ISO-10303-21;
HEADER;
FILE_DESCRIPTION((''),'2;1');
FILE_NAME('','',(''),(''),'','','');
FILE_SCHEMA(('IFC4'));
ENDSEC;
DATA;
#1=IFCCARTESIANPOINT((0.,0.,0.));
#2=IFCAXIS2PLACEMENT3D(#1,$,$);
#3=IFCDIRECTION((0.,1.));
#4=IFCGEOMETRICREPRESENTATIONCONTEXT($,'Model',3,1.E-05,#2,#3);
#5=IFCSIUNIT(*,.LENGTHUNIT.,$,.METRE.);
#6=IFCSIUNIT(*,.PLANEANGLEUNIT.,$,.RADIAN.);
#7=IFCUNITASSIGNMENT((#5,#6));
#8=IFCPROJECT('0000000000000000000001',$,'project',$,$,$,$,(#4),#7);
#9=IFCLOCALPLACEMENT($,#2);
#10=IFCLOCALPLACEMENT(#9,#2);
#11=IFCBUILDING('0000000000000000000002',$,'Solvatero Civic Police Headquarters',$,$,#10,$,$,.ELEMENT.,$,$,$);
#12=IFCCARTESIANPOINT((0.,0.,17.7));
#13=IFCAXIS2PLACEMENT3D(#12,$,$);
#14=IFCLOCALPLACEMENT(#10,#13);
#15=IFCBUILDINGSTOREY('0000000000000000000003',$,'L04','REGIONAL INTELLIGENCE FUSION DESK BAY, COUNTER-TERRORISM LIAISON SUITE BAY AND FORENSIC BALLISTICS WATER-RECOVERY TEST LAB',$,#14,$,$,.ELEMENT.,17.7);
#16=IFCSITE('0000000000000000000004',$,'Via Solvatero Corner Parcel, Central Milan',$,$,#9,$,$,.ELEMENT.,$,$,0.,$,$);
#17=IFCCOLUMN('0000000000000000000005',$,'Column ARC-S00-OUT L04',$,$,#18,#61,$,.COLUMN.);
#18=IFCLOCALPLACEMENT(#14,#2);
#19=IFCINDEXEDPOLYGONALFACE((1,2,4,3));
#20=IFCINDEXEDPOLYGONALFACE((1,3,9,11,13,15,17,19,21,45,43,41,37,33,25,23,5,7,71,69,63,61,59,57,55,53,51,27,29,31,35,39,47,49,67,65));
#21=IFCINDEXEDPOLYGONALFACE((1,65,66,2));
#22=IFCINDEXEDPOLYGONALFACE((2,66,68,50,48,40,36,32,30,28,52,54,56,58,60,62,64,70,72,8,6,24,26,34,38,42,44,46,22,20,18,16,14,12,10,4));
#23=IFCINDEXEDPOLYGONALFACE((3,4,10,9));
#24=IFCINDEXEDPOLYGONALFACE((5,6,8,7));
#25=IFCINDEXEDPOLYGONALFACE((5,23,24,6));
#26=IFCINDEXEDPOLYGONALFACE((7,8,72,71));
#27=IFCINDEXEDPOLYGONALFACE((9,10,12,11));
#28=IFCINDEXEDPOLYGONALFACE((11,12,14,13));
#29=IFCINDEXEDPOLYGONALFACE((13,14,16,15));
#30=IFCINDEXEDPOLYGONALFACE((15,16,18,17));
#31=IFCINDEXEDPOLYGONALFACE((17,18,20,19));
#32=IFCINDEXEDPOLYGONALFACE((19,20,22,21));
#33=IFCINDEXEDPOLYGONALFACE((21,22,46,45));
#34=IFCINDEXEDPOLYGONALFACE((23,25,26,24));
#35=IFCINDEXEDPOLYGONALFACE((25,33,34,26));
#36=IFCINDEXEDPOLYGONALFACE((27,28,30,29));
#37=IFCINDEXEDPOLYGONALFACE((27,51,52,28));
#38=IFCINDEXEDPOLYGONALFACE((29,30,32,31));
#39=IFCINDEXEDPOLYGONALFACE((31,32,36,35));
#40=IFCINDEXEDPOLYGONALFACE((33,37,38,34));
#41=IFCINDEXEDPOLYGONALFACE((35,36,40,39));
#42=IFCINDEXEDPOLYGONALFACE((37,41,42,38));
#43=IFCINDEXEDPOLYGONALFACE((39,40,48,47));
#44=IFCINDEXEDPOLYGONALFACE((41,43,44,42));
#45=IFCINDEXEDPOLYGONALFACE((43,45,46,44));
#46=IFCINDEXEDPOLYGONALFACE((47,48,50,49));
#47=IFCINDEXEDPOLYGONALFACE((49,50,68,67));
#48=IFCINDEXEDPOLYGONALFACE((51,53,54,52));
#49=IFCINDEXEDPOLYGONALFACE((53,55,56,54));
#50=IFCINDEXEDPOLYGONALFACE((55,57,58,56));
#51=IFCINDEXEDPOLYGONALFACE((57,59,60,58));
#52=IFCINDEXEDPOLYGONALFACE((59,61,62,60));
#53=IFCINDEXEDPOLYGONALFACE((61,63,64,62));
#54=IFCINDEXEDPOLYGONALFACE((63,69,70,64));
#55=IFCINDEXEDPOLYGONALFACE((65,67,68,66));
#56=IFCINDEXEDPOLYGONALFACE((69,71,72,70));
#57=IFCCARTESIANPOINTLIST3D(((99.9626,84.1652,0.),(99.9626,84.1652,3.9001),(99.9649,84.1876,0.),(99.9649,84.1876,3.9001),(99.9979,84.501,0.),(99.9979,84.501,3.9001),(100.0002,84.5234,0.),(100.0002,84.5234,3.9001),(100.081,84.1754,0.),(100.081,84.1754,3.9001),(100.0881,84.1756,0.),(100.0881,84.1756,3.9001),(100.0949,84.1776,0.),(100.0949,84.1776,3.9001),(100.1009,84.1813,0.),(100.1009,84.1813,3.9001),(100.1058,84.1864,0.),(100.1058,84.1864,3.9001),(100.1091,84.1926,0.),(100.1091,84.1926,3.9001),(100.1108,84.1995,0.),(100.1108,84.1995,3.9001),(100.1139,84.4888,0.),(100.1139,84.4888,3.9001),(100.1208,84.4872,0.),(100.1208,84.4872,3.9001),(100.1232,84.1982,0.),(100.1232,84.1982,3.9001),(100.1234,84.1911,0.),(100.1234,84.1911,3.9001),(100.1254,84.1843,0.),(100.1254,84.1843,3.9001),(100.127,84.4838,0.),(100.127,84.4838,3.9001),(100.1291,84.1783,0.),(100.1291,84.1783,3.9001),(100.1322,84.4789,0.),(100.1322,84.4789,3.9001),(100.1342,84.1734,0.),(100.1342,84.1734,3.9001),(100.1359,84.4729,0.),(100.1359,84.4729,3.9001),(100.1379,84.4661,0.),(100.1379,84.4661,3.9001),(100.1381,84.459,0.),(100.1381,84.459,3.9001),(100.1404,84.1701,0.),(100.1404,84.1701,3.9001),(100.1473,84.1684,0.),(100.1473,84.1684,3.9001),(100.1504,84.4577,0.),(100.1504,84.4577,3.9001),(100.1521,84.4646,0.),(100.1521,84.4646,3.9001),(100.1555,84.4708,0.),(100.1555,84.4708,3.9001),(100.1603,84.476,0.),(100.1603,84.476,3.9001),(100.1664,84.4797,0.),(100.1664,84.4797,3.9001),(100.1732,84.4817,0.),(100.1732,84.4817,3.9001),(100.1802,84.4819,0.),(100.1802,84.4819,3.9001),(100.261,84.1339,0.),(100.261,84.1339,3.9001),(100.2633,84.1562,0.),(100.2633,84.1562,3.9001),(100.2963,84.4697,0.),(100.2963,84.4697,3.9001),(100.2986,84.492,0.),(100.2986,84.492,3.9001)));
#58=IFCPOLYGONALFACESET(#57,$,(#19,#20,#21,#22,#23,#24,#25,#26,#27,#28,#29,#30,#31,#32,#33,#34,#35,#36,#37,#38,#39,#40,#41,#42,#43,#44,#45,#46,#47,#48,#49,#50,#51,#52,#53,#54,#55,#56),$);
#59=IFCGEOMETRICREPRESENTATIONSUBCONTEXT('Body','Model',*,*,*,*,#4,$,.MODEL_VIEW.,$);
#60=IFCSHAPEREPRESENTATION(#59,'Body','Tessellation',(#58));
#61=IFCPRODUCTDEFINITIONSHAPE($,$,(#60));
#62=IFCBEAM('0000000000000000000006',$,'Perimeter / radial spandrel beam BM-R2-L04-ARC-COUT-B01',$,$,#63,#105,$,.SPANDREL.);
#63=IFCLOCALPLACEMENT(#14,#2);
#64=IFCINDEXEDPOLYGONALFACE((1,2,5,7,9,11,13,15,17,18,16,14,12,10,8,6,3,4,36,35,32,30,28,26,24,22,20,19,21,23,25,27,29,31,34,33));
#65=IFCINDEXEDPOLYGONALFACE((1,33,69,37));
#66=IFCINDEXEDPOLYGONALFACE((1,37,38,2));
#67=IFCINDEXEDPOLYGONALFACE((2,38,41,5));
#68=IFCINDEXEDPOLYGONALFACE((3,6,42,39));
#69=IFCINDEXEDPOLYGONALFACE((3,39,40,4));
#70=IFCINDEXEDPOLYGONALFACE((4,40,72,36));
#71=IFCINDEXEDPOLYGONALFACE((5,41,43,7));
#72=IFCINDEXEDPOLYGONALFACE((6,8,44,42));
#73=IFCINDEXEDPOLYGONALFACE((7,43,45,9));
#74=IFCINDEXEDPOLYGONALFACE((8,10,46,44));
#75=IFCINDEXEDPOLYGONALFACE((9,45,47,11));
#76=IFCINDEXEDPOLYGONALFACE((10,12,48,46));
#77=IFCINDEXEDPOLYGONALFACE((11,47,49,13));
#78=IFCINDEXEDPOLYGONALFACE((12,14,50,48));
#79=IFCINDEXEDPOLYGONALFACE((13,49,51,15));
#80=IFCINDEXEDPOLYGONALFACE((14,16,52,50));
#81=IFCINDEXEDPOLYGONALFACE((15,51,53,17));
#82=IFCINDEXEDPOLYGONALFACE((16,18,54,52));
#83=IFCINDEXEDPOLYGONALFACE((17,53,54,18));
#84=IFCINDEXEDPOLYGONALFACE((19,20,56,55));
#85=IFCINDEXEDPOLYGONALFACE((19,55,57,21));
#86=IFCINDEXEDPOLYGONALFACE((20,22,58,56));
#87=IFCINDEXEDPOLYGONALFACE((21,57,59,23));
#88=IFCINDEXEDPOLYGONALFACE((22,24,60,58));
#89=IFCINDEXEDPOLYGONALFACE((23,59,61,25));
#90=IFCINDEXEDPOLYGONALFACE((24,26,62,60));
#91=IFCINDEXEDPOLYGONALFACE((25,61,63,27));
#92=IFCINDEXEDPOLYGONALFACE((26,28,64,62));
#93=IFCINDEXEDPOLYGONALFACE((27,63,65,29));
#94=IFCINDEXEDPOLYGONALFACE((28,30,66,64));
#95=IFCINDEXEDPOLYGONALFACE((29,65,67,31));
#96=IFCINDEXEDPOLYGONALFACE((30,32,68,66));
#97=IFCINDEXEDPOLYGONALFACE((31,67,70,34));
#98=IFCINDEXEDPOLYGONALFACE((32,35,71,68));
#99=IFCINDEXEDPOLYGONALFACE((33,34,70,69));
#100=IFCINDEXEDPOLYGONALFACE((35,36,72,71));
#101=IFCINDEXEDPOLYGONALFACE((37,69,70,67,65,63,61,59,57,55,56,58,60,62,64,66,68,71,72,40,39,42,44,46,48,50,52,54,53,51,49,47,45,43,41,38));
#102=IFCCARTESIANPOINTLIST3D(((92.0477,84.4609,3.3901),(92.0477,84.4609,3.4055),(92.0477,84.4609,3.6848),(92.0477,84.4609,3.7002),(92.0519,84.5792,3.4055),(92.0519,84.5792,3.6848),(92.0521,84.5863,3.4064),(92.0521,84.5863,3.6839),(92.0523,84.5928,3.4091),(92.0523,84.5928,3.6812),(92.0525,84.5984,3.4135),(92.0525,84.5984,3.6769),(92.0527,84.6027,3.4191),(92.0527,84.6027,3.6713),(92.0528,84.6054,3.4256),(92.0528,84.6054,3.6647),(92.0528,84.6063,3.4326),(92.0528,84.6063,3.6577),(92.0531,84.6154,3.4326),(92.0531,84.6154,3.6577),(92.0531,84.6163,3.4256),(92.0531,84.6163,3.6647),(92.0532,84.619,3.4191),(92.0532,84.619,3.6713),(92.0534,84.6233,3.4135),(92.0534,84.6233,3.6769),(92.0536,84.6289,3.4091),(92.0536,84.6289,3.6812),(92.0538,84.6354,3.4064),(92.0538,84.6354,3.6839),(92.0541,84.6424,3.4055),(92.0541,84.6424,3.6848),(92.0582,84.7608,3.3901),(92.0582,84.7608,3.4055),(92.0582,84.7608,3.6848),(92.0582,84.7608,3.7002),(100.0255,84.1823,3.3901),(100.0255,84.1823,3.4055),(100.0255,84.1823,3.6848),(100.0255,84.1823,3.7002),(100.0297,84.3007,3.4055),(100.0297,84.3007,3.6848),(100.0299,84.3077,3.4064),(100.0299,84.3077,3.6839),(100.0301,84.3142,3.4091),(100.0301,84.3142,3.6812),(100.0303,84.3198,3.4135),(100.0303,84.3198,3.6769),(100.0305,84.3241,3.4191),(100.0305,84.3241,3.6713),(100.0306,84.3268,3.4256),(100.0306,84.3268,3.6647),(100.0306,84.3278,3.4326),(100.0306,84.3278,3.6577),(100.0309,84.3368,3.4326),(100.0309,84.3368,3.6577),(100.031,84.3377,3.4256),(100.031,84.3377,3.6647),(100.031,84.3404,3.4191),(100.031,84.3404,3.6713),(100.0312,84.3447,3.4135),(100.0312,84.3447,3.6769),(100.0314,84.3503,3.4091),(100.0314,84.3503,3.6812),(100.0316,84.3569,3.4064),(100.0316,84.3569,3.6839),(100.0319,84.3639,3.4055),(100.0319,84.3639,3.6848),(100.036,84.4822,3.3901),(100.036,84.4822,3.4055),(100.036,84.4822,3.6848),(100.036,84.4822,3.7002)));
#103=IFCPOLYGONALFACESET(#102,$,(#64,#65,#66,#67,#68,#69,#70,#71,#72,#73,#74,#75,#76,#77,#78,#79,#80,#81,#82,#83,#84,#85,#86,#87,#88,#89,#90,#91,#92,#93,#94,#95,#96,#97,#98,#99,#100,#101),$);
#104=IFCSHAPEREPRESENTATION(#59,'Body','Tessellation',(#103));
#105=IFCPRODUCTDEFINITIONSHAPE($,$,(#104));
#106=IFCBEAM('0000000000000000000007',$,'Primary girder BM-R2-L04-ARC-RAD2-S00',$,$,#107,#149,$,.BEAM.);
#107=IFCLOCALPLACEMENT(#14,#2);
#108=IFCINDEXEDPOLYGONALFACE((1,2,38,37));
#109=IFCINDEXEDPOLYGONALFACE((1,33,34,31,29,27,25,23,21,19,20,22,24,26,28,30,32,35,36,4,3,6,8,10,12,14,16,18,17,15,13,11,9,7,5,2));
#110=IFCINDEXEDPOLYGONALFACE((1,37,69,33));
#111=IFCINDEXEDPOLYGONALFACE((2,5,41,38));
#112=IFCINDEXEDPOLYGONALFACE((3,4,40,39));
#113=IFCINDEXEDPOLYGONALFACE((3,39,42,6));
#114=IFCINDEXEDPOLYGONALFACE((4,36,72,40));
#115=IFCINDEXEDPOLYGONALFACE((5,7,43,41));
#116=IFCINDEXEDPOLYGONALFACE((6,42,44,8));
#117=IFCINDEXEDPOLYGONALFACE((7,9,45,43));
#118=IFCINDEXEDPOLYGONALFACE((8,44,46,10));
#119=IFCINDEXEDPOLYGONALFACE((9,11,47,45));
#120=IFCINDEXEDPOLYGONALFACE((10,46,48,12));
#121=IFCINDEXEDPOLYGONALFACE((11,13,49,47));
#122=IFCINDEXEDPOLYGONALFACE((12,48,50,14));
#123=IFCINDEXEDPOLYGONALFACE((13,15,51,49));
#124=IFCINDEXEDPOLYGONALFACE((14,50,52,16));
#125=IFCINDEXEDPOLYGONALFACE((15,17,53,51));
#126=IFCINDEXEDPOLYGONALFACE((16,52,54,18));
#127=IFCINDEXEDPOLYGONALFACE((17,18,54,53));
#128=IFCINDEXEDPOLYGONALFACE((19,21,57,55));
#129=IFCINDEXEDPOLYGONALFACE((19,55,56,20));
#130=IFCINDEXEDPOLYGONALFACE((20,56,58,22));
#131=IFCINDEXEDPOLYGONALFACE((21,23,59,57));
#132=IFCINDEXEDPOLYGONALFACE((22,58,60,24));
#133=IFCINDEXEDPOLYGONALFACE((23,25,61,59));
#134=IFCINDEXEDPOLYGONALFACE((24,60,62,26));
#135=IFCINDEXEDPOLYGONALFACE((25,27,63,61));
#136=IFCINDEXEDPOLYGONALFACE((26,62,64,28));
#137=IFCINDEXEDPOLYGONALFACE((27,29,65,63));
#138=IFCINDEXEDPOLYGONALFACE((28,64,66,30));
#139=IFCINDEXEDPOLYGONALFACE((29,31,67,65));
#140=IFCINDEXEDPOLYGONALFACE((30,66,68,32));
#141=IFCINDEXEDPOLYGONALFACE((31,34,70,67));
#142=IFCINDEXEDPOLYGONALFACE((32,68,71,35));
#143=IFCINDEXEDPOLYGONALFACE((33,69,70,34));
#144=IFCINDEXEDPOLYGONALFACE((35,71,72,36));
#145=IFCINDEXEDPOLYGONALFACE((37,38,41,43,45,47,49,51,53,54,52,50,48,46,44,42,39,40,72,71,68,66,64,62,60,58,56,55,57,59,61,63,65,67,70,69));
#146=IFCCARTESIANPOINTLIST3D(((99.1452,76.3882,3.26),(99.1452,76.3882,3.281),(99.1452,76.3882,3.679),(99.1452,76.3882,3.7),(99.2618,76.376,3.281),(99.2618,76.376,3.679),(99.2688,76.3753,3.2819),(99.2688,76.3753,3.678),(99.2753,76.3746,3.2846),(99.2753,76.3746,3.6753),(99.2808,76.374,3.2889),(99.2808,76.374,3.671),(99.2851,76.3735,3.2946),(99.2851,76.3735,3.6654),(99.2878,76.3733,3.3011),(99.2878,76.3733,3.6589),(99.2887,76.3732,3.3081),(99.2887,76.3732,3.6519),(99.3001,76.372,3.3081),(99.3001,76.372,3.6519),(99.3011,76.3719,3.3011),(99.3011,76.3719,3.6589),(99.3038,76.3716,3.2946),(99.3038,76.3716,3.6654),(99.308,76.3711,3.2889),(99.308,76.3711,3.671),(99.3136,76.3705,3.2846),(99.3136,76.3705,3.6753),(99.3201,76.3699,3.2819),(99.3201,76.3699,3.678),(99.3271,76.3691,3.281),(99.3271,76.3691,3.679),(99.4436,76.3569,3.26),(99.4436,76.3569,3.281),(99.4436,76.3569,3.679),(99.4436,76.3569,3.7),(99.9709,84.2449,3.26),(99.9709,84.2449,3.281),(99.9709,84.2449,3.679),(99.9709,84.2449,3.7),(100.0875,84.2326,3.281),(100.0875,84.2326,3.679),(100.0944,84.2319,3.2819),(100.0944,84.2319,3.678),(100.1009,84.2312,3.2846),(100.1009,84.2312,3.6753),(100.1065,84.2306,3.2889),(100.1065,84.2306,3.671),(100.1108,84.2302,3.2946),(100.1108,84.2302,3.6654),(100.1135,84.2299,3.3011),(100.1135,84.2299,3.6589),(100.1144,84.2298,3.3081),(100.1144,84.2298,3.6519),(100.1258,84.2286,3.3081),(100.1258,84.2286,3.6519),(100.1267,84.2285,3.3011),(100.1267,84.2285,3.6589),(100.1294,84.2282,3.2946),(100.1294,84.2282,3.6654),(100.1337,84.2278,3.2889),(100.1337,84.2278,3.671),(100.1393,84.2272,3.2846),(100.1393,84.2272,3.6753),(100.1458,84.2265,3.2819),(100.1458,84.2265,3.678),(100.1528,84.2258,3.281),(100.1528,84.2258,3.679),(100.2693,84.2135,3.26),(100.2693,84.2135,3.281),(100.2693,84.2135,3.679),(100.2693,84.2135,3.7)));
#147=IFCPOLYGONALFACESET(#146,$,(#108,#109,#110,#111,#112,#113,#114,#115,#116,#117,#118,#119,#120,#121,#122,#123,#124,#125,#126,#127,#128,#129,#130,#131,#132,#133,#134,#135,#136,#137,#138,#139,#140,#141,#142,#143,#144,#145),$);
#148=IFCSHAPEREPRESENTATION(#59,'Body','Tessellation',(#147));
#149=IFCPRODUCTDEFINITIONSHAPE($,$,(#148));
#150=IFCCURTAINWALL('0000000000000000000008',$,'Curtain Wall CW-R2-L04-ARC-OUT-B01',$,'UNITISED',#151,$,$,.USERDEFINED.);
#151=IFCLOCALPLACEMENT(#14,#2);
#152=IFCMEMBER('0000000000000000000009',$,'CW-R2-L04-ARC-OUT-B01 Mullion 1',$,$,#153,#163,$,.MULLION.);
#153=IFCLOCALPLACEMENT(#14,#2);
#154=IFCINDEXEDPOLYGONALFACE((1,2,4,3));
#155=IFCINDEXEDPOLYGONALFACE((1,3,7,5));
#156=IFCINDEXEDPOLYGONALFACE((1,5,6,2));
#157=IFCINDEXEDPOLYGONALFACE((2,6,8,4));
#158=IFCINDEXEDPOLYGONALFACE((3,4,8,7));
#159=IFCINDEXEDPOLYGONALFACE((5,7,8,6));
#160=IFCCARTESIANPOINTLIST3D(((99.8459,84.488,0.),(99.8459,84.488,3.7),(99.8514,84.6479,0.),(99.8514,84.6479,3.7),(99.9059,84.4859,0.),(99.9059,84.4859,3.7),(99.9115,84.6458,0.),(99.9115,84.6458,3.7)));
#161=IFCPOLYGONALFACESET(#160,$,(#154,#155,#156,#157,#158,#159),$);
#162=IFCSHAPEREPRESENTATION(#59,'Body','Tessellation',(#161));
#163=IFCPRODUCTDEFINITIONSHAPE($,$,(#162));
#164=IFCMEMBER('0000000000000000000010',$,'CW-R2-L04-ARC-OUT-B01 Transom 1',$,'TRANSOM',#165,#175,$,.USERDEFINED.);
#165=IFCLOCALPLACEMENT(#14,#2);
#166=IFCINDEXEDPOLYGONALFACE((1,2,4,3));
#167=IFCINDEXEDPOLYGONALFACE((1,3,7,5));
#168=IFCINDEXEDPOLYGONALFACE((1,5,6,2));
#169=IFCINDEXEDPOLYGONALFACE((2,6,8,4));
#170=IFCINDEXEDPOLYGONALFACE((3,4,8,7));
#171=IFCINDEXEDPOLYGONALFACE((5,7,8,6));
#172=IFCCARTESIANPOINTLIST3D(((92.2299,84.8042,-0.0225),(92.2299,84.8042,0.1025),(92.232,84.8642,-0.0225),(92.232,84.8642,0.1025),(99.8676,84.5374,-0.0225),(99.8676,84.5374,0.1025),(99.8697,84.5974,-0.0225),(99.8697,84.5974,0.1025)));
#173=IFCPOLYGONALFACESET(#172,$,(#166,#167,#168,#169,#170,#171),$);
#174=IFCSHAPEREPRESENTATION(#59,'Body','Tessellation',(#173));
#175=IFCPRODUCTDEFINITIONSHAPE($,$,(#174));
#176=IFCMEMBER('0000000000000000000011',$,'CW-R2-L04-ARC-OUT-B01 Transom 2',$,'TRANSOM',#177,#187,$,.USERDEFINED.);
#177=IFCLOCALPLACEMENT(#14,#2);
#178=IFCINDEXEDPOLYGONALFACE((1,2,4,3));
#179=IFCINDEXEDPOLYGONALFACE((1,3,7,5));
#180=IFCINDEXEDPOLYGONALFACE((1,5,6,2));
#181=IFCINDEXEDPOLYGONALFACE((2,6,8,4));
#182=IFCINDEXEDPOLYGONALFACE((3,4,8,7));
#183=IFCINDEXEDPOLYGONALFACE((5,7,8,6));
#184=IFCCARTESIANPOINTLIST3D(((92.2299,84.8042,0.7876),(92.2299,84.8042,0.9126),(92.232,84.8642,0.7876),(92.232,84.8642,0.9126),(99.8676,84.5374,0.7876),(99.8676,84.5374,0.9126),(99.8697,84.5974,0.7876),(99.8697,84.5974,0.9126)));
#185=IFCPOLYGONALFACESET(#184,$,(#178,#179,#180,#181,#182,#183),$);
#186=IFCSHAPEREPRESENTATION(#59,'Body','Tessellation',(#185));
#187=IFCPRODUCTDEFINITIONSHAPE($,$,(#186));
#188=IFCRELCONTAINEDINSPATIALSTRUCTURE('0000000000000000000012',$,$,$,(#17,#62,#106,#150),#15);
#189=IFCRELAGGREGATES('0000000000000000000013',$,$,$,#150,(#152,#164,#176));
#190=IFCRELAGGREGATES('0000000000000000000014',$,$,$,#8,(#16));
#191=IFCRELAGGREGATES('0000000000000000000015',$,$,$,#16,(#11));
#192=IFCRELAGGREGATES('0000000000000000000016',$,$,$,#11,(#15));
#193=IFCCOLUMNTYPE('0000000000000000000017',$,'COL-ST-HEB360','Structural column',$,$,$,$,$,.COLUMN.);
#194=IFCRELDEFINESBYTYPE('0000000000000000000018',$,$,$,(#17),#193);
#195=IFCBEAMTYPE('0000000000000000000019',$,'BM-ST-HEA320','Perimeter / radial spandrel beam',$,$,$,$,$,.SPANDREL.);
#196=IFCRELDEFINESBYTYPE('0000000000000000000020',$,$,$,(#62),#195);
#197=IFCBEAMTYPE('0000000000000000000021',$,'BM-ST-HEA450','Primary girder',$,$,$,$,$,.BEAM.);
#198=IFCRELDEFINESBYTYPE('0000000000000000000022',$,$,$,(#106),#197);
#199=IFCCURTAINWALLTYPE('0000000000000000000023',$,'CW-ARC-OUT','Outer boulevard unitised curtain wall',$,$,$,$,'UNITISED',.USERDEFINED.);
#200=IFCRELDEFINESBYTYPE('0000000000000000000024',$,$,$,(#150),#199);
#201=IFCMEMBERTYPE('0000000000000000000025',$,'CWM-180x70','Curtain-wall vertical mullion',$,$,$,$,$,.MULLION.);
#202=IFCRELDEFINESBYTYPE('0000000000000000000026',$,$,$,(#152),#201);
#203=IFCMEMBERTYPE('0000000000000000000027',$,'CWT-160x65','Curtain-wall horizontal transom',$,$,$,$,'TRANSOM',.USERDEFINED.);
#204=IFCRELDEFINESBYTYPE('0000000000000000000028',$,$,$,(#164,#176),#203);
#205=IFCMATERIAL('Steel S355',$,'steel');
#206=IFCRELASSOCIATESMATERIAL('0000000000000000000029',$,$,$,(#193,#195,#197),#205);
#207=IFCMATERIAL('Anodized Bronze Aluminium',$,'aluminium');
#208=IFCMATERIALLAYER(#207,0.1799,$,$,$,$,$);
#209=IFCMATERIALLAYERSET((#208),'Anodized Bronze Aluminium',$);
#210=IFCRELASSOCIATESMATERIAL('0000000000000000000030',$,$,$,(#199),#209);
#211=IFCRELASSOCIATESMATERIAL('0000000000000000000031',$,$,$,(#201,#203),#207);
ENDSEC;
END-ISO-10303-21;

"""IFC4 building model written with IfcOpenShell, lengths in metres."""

from ifc_helpers import new_model, si_unit, direction, frame, origin, origin_2d, place, context, subcontext, project, spatial, rectangle, i_section, extrude, material, layer, layer_set, material_profile, profile_set, type_object, element, aggregate, save


model = new_model("IFC4")

# Units and contexts
model_context = context("Model", 3, precision=1e-05, world=origin(), true_north=direction((0.0, 1.0)))
body_context = subcontext(model_context, "Body", "Model", "MODEL_VIEW")
ifc_project = project(units=[si_unit("LENGTHUNIT", "METRE"), si_unit("PLANEANGLEUNIT", "RADIAN")], contexts=[model_context])

# Site, building, storey
site_placement = place(None, origin())
site = spatial("IfcSite", under=ifc_project, at=site_placement, Name="Via Solvatero Corner Parcel, Central Milan", CompositionType="ELEMENT", RefElevation=0.0)
building_placement = place(site_placement, origin())
building = spatial("IfcBuilding", under=site, at=building_placement, Name="Solvatero Civic Police Headquarters", CompositionType="ELEMENT")
storey_placement = place(building_placement, frame((0.0, 0.0, 17.7)))
storey = spatial("IfcBuildingStorey", under=building, at=storey_placement, Name="L04", Description="REGIONAL INTELLIGENCE FUSION DESK BAY, COUNTER-TERRORISM LIAISON SUITE BAY AND FORENSIC BALLISTICS WATER-RECOVERY TEST LAB", CompositionType="ELEMENT", Elevation=17.7)

# Column
ifc_material_1 = material(Name="Steel S355", Category="steel")
ifc_material_profile_1 = material_profile(ifc_material_1, i_section(OverallWidth=0.3, OverallDepth=0.3601, WebThickness=0.0125, FlangeThickness=0.0225, FilletRadius=0.0271, at=origin_2d()), Name="HEB 360")
ifc_profile_set_1 = profile_set([ifc_material_profile_1], Name="Steel S355")
column_type = type_object("IfcColumnType", Name="COL-ST-HEB360", Description="Structural column", PredefinedType="COLUMN", material=ifc_profile_set_1)
column_placement = place(storey_placement, frame((100.1306, 84.3286, 0.0), z_axis=(0.0, 0.0, 1.0), x_axis=(0.994522, -0.104528, 0.0)))
element("IfcColumn", 1, at=column_placement, inside=storey, type_object=column_type, Name="Column ARC-S00-OUT L04", PredefinedType="COLUMN", context=body_context, shape_type="SweptSolid", body=[
    extrude(i_section(OverallWidth=0.3, OverallDepth=0.3601, WebThickness=0.0125, FlangeThickness=0.0225, FilletRadius=0.0271, at=origin_2d()), origin(), (0.0, 0.0, 1.0), 3.9001),
])

# Beams
ifc_material_profile_2 = material_profile(ifc_material_1, i_section(OverallWidth=0.3, OverallDepth=0.3101, WebThickness=0.009, FlangeThickness=0.0154, FilletRadius=0.0271, at=origin_2d()), Name="HEA 320")
ifc_profile_set_2 = profile_set([ifc_material_profile_2], Name="Steel S355")
beam_type_1 = type_object("IfcBeamType", Name="BM-ST-HEA320", Description="Perimeter / radial spandrel beam", PredefinedType="SPANDREL", material=ifc_profile_set_2)
beam_1_placement = place(storey_placement, frame((100.0308, 84.3323, 3.5452), z_axis=(-0.999391, 0.034896, 0.0), x_axis=(-0.034896, -0.999391, 0.0)))
element("IfcBeam", 2, at=beam_1_placement, inside=storey, type_object=beam_type_1, Name="Perimeter / radial spandrel beam BM-R2-L04-ARC-COUT-B01", PredefinedType="SPANDREL", context=body_context, shape_type="SweptSolid", body=[
    extrude(i_section(OverallWidth=0.3, OverallDepth=0.3101, WebThickness=0.009, FlangeThickness=0.0154, FilletRadius=0.0271, at=origin_2d()), origin(), (0.0, 0.0, 1.0), 7.9827),
])
ifc_material_profile_3 = material_profile(ifc_material_1, i_section(OverallWidth=0.3, OverallDepth=0.4399, WebThickness=0.0115, FlangeThickness=0.021, FilletRadius=0.0271, at=origin_2d()), Name="HEA 450")
ifc_profile_set_3 = profile_set([ifc_material_profile_3], Name="Steel S355")
beam_type_2 = type_object("IfcBeamType", Name="BM-ST-HEA450", Description="Primary girder", PredefinedType="BEAM", material=ifc_profile_set_3)
beam_2_placement = place(storey_placement, frame((99.2944, 76.3726, 3.48), z_axis=(0.104517, 0.994523, 0.0), x_axis=(-0.994523, 0.104517, 0.0)))
element("IfcBeam", 3, at=beam_2_placement, inside=storey, type_object=beam_type_2, Name="Primary girder BM-R2-L04-ARC-RAD2-S00", PredefinedType="BEAM", context=body_context, shape_type="SweptSolid", body=[
    extrude(i_section(OverallWidth=0.3, OverallDepth=0.4399, WebThickness=0.0115, FlangeThickness=0.021, FilletRadius=0.0271, at=origin_2d()), origin(), (0.0, 0.0, 1.0), 7.8999),
])

# Curtain wall, members
ifc_material_2 = material(Name="Anodized Bronze Aluminium", Category="aluminium")
ifc_layer_1 = layer(ifc_material_2, 0.1799)
ifc_layer_set_1 = layer_set([ifc_layer_1], Name="Anodized Bronze Aluminium")
curtain_wall_type = type_object("IfcCurtainWallType", Name="CW-ARC-OUT", Description="Outer boulevard unitised curtain wall", ElementType="UNITISED", PredefinedType="USERDEFINED", material=ifc_layer_set_1)
curtain_wall_placement = place(storey_placement, origin())
curtain_wall = element("IfcCurtainWall", 4, at=curtain_wall_placement, inside=storey, type_object=curtain_wall_type, Name="Curtain Wall CW-R2-L04-ARC-OUT-B01", ObjectType="UNITISED", PredefinedType="USERDEFINED")
ifc_material_profile_4 = material_profile(ifc_material_2, rectangle(XDim=0.0601, YDim=0.1599, at=origin_2d()), Name="ALU MULLION 60x160")
ifc_profile_set_4 = profile_set([ifc_material_profile_4], Name="Anodized Bronze Aluminium")
member_type_1 = type_object("IfcMemberType", Name="CWM-180x70", Description="Curtain-wall vertical mullion", PredefinedType="MULLION", material=ifc_profile_set_4)
member_1_placement = place(storey_placement, frame((99.8787, 84.5669, 0.0), z_axis=(0.0, 0.0, 1.0), x_axis=(-0.99939, 0.034917, 0.0)))
member_1 = element("IfcMember", 5, at=member_1_placement, type_object=member_type_1, Name="CW-R2-L04-ARC-OUT-B01 Mullion 1", PredefinedType="MULLION", context=body_context, shape_type="SweptSolid", body=[
    extrude(rectangle(XDim=0.0601, YDim=0.1599, at=origin_2d()), origin(), (0.0, 0.0, 1.0), 3.7),
])
ifc_material_profile_5 = material_profile(ifc_material_2, rectangle(XDim=0.0601, YDim=0.125, at=origin_2d()), Name="ALU TRANSOM 60x125")
ifc_profile_set_5 = profile_set([ifc_material_profile_5], Name="Anodized Bronze Aluminium")
member_type_2 = type_object("IfcMemberType", Name="CWT-160x65", Description="Curtain-wall horizontal transom", ElementType="TRANSOM", PredefinedType="USERDEFINED", material=ifc_profile_set_5)
member_2_placement = place(storey_placement, frame((99.8687, 84.5674, 0.04), z_axis=(-0.99939, 0.034917, 0.0), x_axis=(-0.034917, -0.99939, 0.0)))
member_2 = element("IfcMember", 6, at=member_2_placement, type_object=member_type_2, Name="CW-R2-L04-ARC-OUT-B01 Transom 1", ObjectType="TRANSOM", PredefinedType="USERDEFINED", context=body_context, shape_type="SweptSolid", body=[
    extrude(rectangle(XDim=0.0601, YDim=0.125, at=origin_2d()), origin(), (0.0, 0.0, 1.0), 7.6423),
])
member_3_placement = place(storey_placement, frame((99.8687, 84.5674, 0.8501), z_axis=(-0.99939, 0.034917, 0.0), x_axis=(-0.034917, -0.99939, 0.0)))
member_3 = element("IfcMember", 7, at=member_3_placement, type_object=member_type_2, Name="CW-R2-L04-ARC-OUT-B01 Transom 2", ObjectType="TRANSOM", PredefinedType="USERDEFINED", context=body_context, shape_type="SweptSolid", body=[
    extrude(rectangle(XDim=0.0601, YDim=0.125, at=origin_2d()), origin(), (0.0, 0.0, 1.0), 7.6423),
])
aggregate(curtain_wall, [member_1, member_2, member_3])

save(model, "model.ifc")
